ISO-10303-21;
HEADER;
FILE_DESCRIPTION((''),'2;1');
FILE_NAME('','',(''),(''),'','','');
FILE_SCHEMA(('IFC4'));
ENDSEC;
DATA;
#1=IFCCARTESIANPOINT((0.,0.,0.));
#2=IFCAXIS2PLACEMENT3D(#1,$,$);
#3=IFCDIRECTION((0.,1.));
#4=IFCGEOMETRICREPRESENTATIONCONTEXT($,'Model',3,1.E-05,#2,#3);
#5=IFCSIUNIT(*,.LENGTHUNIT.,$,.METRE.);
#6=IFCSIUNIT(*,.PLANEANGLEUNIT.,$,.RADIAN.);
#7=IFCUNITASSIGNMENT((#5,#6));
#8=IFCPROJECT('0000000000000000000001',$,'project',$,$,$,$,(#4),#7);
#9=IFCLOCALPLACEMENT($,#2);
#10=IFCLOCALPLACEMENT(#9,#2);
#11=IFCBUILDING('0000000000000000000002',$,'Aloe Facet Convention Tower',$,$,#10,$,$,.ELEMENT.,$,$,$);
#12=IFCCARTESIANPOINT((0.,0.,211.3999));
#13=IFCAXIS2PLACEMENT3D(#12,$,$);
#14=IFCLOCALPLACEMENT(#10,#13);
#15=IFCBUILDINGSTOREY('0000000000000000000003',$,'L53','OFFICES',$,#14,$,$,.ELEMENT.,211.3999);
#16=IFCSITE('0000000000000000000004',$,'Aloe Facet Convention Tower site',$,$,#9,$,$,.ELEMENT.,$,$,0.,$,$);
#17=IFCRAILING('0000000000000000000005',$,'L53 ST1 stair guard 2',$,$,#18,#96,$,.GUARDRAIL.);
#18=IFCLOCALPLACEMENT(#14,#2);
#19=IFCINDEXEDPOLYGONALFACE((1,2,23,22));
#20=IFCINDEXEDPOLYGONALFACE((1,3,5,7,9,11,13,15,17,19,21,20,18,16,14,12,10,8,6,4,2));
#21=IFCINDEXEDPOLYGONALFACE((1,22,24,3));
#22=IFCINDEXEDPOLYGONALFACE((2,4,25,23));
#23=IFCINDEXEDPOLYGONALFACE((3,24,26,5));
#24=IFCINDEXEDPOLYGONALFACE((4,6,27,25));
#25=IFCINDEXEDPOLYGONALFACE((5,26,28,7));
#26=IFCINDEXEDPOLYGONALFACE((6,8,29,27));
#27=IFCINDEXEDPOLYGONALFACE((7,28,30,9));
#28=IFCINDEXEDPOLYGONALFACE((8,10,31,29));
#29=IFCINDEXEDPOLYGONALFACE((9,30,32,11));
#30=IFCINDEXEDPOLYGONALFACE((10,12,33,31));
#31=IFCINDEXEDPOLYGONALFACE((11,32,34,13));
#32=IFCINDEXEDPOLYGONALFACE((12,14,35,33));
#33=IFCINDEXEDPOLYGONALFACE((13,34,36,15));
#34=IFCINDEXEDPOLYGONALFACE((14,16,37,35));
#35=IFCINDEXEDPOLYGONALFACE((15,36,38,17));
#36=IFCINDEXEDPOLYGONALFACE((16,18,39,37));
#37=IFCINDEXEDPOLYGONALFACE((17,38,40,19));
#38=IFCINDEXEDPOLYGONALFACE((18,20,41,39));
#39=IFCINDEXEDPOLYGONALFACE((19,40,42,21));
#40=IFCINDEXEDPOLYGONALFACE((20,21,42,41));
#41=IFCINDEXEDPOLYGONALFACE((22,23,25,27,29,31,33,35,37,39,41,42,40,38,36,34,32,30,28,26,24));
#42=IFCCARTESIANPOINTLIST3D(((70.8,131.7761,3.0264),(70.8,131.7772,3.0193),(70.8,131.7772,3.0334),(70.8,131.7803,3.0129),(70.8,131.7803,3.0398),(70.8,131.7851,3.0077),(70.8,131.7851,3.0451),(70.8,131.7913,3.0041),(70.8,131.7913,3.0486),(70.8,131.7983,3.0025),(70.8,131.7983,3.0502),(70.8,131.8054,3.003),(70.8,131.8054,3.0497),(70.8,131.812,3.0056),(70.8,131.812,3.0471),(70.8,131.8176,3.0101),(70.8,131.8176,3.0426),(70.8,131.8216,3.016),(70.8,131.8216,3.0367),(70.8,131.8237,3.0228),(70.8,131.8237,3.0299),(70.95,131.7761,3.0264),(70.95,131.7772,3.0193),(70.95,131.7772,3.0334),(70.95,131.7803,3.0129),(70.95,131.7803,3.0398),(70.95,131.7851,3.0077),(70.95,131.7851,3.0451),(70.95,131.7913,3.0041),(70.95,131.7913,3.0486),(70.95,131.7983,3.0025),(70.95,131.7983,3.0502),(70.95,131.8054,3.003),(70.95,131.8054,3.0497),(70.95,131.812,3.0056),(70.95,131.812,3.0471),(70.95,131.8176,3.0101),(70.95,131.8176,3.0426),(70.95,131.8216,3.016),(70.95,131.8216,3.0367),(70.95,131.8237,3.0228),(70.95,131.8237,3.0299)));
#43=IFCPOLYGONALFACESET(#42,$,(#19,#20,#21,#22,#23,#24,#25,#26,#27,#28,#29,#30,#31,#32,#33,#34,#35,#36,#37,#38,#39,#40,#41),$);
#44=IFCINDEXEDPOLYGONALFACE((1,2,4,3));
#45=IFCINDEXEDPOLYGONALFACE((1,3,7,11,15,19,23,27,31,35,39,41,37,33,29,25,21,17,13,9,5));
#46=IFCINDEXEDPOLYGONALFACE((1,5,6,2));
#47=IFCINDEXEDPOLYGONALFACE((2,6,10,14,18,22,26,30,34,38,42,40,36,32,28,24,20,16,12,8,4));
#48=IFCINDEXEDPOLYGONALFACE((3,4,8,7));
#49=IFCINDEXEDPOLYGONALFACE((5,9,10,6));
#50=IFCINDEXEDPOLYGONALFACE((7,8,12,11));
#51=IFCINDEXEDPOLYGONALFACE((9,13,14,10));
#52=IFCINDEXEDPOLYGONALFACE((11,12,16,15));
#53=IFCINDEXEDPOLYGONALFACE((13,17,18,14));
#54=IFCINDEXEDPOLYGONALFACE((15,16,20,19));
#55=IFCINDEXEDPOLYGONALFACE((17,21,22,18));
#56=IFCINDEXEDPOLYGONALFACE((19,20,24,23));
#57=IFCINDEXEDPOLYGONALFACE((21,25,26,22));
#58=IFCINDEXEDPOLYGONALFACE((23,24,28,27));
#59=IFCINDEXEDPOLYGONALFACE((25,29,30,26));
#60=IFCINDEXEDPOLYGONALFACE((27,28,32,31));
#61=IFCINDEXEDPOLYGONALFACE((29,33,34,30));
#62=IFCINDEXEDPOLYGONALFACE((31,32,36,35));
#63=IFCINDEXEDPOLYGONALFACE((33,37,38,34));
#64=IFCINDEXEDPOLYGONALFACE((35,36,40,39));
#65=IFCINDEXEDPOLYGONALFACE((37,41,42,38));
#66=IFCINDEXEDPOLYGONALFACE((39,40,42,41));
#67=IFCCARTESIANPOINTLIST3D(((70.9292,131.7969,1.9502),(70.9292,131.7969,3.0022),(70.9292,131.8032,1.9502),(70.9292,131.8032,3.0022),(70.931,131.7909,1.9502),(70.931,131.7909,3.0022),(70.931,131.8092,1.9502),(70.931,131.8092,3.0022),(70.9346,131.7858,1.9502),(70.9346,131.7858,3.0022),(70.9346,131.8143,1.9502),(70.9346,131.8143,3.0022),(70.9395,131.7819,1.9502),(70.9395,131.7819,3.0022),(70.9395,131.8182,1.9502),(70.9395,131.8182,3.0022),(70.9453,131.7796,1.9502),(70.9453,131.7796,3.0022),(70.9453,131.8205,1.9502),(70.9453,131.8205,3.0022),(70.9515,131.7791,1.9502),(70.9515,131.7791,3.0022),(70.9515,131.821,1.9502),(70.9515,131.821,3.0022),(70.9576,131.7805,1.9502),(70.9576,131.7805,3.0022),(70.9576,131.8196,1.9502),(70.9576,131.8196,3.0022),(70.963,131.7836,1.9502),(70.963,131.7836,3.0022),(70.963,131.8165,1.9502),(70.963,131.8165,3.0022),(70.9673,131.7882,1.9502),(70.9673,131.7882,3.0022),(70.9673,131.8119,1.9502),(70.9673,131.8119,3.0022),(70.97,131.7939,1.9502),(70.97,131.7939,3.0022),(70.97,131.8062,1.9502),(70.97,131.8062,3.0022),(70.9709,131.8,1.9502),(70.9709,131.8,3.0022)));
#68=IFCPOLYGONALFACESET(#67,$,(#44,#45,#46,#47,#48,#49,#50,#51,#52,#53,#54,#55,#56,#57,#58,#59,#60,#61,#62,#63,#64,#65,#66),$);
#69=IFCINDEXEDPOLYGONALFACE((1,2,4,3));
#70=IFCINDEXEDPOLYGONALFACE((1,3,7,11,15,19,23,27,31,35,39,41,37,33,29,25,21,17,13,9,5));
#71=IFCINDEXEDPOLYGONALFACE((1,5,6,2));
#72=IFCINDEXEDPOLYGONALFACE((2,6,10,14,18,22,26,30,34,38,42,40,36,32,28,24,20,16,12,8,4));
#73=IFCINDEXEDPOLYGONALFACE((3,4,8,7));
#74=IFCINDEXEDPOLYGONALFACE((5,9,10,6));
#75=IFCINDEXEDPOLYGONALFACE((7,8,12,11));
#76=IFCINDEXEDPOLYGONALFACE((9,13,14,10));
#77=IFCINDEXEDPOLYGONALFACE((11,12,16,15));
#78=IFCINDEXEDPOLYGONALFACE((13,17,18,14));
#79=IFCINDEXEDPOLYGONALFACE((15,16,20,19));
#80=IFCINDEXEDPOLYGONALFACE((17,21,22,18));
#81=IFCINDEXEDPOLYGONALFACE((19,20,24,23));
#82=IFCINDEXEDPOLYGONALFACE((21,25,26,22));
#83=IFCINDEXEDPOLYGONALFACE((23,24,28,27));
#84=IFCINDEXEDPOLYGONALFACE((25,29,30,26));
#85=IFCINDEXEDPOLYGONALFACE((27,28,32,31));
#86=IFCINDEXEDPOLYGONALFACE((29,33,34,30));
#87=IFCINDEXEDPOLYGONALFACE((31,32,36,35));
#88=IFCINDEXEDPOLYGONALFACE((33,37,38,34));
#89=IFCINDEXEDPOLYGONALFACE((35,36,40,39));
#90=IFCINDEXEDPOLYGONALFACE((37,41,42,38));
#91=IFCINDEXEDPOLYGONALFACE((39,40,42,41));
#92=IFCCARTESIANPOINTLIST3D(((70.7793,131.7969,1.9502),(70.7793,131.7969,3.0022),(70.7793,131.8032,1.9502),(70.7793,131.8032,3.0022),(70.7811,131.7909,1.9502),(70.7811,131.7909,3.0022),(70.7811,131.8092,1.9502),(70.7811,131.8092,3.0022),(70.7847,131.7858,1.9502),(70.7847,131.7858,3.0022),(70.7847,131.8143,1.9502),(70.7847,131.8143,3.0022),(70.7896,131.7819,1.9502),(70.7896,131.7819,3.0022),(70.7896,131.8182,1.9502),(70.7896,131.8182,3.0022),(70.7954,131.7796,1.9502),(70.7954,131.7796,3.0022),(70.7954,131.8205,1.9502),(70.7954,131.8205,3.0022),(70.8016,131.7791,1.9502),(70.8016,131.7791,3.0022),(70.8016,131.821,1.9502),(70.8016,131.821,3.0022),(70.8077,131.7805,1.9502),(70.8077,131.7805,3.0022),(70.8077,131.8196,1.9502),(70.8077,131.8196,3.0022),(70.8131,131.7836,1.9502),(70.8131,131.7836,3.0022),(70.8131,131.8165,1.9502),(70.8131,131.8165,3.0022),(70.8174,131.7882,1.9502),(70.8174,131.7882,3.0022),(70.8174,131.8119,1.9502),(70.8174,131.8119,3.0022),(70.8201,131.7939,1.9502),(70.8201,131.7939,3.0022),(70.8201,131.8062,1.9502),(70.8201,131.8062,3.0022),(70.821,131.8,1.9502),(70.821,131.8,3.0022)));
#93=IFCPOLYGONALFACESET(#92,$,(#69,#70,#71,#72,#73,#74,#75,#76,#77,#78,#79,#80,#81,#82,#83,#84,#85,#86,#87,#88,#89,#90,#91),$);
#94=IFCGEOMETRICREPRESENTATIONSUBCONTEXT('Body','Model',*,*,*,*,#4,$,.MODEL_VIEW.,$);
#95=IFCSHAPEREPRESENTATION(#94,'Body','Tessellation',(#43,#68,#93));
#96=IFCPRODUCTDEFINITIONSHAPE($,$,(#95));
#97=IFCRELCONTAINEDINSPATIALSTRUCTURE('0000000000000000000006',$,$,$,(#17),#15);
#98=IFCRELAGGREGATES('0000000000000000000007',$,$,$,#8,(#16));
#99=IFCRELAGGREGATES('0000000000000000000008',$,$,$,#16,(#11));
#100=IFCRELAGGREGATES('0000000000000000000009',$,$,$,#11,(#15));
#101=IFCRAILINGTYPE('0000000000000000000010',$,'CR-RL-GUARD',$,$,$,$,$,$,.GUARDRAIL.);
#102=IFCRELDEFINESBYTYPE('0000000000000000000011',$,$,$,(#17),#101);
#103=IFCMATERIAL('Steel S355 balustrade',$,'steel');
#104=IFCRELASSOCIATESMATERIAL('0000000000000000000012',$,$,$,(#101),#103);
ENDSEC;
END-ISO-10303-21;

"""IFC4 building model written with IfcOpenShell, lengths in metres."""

from ifc_helpers import new_model, si_unit, direction, frame, origin, origin_2d, place, context, subcontext, project, spatial, circle, extrude, material, type_object, element, save


model = new_model("IFC4")

# Units and contexts
model_context = context("Model", 3, precision=1e-05, world=origin(), true_north=direction((0.0, 1.0)))
body_context = subcontext(model_context, "Body", "Model", "MODEL_VIEW")
ifc_project = project(units=[si_unit("LENGTHUNIT", "METRE"), si_unit("PLANEANGLEUNIT", "RADIAN")], contexts=[model_context])

# Site, building, storey
site_placement = place(None, origin())
site = spatial("IfcSite", under=ifc_project, at=site_placement, Name="Aloe Facet Convention Tower site", CompositionType="ELEMENT", RefElevation=0.0)
building_placement = place(site_placement, origin())
building = spatial("IfcBuilding", under=site, at=building_placement, Name="Aloe Facet Convention Tower", CompositionType="ELEMENT")
storey_placement = place(building_placement, frame((0.0, 0.0, 211.3999)))
storey = spatial("IfcBuildingStorey", under=building, at=storey_placement, Name="L53", Description="OFFICES", CompositionType="ELEMENT", Elevation=211.3999)

# Railing
ifc_material_1 = material(Name="Steel S355 balustrade", Category="steel")
railing_type_1 = type_object("IfcRailingType", Name="CR-RL-GUARD", PredefinedType="GUARDRAIL", material=ifc_material_1)
railing_1_placement = place(storey_placement, frame((70.95, 131.8, 1.9502)))
element("IfcRailing", 1, at=railing_1_placement, inside=storey, type_object=railing_type_1, Name="L53 ST1 stair guard 2", PredefinedType="GUARDRAIL", context=body_context, shape_type="SweptSolid", body=[
    extrude(circle(Radius=0.0239, at=origin_2d()), frame((0.0, 0.0, 1.0762), z_axis=(-1.0, 0.0, 0.0), x_axis=(0.0, -1.0, 0.0)), (0.0, 0.0, 1.0), 0.1499),
    extrude(circle(Radius=0.021, at=origin_2d()), origin(), (0.0, 0.0, 1.0), 1.052),
    extrude(circle(Radius=0.021, at=origin_2d()), frame((-0.1499, 0.0, 0.0)), (0.0, 0.0, 1.0), 1.052),
])

save(model, "model.ifc")
